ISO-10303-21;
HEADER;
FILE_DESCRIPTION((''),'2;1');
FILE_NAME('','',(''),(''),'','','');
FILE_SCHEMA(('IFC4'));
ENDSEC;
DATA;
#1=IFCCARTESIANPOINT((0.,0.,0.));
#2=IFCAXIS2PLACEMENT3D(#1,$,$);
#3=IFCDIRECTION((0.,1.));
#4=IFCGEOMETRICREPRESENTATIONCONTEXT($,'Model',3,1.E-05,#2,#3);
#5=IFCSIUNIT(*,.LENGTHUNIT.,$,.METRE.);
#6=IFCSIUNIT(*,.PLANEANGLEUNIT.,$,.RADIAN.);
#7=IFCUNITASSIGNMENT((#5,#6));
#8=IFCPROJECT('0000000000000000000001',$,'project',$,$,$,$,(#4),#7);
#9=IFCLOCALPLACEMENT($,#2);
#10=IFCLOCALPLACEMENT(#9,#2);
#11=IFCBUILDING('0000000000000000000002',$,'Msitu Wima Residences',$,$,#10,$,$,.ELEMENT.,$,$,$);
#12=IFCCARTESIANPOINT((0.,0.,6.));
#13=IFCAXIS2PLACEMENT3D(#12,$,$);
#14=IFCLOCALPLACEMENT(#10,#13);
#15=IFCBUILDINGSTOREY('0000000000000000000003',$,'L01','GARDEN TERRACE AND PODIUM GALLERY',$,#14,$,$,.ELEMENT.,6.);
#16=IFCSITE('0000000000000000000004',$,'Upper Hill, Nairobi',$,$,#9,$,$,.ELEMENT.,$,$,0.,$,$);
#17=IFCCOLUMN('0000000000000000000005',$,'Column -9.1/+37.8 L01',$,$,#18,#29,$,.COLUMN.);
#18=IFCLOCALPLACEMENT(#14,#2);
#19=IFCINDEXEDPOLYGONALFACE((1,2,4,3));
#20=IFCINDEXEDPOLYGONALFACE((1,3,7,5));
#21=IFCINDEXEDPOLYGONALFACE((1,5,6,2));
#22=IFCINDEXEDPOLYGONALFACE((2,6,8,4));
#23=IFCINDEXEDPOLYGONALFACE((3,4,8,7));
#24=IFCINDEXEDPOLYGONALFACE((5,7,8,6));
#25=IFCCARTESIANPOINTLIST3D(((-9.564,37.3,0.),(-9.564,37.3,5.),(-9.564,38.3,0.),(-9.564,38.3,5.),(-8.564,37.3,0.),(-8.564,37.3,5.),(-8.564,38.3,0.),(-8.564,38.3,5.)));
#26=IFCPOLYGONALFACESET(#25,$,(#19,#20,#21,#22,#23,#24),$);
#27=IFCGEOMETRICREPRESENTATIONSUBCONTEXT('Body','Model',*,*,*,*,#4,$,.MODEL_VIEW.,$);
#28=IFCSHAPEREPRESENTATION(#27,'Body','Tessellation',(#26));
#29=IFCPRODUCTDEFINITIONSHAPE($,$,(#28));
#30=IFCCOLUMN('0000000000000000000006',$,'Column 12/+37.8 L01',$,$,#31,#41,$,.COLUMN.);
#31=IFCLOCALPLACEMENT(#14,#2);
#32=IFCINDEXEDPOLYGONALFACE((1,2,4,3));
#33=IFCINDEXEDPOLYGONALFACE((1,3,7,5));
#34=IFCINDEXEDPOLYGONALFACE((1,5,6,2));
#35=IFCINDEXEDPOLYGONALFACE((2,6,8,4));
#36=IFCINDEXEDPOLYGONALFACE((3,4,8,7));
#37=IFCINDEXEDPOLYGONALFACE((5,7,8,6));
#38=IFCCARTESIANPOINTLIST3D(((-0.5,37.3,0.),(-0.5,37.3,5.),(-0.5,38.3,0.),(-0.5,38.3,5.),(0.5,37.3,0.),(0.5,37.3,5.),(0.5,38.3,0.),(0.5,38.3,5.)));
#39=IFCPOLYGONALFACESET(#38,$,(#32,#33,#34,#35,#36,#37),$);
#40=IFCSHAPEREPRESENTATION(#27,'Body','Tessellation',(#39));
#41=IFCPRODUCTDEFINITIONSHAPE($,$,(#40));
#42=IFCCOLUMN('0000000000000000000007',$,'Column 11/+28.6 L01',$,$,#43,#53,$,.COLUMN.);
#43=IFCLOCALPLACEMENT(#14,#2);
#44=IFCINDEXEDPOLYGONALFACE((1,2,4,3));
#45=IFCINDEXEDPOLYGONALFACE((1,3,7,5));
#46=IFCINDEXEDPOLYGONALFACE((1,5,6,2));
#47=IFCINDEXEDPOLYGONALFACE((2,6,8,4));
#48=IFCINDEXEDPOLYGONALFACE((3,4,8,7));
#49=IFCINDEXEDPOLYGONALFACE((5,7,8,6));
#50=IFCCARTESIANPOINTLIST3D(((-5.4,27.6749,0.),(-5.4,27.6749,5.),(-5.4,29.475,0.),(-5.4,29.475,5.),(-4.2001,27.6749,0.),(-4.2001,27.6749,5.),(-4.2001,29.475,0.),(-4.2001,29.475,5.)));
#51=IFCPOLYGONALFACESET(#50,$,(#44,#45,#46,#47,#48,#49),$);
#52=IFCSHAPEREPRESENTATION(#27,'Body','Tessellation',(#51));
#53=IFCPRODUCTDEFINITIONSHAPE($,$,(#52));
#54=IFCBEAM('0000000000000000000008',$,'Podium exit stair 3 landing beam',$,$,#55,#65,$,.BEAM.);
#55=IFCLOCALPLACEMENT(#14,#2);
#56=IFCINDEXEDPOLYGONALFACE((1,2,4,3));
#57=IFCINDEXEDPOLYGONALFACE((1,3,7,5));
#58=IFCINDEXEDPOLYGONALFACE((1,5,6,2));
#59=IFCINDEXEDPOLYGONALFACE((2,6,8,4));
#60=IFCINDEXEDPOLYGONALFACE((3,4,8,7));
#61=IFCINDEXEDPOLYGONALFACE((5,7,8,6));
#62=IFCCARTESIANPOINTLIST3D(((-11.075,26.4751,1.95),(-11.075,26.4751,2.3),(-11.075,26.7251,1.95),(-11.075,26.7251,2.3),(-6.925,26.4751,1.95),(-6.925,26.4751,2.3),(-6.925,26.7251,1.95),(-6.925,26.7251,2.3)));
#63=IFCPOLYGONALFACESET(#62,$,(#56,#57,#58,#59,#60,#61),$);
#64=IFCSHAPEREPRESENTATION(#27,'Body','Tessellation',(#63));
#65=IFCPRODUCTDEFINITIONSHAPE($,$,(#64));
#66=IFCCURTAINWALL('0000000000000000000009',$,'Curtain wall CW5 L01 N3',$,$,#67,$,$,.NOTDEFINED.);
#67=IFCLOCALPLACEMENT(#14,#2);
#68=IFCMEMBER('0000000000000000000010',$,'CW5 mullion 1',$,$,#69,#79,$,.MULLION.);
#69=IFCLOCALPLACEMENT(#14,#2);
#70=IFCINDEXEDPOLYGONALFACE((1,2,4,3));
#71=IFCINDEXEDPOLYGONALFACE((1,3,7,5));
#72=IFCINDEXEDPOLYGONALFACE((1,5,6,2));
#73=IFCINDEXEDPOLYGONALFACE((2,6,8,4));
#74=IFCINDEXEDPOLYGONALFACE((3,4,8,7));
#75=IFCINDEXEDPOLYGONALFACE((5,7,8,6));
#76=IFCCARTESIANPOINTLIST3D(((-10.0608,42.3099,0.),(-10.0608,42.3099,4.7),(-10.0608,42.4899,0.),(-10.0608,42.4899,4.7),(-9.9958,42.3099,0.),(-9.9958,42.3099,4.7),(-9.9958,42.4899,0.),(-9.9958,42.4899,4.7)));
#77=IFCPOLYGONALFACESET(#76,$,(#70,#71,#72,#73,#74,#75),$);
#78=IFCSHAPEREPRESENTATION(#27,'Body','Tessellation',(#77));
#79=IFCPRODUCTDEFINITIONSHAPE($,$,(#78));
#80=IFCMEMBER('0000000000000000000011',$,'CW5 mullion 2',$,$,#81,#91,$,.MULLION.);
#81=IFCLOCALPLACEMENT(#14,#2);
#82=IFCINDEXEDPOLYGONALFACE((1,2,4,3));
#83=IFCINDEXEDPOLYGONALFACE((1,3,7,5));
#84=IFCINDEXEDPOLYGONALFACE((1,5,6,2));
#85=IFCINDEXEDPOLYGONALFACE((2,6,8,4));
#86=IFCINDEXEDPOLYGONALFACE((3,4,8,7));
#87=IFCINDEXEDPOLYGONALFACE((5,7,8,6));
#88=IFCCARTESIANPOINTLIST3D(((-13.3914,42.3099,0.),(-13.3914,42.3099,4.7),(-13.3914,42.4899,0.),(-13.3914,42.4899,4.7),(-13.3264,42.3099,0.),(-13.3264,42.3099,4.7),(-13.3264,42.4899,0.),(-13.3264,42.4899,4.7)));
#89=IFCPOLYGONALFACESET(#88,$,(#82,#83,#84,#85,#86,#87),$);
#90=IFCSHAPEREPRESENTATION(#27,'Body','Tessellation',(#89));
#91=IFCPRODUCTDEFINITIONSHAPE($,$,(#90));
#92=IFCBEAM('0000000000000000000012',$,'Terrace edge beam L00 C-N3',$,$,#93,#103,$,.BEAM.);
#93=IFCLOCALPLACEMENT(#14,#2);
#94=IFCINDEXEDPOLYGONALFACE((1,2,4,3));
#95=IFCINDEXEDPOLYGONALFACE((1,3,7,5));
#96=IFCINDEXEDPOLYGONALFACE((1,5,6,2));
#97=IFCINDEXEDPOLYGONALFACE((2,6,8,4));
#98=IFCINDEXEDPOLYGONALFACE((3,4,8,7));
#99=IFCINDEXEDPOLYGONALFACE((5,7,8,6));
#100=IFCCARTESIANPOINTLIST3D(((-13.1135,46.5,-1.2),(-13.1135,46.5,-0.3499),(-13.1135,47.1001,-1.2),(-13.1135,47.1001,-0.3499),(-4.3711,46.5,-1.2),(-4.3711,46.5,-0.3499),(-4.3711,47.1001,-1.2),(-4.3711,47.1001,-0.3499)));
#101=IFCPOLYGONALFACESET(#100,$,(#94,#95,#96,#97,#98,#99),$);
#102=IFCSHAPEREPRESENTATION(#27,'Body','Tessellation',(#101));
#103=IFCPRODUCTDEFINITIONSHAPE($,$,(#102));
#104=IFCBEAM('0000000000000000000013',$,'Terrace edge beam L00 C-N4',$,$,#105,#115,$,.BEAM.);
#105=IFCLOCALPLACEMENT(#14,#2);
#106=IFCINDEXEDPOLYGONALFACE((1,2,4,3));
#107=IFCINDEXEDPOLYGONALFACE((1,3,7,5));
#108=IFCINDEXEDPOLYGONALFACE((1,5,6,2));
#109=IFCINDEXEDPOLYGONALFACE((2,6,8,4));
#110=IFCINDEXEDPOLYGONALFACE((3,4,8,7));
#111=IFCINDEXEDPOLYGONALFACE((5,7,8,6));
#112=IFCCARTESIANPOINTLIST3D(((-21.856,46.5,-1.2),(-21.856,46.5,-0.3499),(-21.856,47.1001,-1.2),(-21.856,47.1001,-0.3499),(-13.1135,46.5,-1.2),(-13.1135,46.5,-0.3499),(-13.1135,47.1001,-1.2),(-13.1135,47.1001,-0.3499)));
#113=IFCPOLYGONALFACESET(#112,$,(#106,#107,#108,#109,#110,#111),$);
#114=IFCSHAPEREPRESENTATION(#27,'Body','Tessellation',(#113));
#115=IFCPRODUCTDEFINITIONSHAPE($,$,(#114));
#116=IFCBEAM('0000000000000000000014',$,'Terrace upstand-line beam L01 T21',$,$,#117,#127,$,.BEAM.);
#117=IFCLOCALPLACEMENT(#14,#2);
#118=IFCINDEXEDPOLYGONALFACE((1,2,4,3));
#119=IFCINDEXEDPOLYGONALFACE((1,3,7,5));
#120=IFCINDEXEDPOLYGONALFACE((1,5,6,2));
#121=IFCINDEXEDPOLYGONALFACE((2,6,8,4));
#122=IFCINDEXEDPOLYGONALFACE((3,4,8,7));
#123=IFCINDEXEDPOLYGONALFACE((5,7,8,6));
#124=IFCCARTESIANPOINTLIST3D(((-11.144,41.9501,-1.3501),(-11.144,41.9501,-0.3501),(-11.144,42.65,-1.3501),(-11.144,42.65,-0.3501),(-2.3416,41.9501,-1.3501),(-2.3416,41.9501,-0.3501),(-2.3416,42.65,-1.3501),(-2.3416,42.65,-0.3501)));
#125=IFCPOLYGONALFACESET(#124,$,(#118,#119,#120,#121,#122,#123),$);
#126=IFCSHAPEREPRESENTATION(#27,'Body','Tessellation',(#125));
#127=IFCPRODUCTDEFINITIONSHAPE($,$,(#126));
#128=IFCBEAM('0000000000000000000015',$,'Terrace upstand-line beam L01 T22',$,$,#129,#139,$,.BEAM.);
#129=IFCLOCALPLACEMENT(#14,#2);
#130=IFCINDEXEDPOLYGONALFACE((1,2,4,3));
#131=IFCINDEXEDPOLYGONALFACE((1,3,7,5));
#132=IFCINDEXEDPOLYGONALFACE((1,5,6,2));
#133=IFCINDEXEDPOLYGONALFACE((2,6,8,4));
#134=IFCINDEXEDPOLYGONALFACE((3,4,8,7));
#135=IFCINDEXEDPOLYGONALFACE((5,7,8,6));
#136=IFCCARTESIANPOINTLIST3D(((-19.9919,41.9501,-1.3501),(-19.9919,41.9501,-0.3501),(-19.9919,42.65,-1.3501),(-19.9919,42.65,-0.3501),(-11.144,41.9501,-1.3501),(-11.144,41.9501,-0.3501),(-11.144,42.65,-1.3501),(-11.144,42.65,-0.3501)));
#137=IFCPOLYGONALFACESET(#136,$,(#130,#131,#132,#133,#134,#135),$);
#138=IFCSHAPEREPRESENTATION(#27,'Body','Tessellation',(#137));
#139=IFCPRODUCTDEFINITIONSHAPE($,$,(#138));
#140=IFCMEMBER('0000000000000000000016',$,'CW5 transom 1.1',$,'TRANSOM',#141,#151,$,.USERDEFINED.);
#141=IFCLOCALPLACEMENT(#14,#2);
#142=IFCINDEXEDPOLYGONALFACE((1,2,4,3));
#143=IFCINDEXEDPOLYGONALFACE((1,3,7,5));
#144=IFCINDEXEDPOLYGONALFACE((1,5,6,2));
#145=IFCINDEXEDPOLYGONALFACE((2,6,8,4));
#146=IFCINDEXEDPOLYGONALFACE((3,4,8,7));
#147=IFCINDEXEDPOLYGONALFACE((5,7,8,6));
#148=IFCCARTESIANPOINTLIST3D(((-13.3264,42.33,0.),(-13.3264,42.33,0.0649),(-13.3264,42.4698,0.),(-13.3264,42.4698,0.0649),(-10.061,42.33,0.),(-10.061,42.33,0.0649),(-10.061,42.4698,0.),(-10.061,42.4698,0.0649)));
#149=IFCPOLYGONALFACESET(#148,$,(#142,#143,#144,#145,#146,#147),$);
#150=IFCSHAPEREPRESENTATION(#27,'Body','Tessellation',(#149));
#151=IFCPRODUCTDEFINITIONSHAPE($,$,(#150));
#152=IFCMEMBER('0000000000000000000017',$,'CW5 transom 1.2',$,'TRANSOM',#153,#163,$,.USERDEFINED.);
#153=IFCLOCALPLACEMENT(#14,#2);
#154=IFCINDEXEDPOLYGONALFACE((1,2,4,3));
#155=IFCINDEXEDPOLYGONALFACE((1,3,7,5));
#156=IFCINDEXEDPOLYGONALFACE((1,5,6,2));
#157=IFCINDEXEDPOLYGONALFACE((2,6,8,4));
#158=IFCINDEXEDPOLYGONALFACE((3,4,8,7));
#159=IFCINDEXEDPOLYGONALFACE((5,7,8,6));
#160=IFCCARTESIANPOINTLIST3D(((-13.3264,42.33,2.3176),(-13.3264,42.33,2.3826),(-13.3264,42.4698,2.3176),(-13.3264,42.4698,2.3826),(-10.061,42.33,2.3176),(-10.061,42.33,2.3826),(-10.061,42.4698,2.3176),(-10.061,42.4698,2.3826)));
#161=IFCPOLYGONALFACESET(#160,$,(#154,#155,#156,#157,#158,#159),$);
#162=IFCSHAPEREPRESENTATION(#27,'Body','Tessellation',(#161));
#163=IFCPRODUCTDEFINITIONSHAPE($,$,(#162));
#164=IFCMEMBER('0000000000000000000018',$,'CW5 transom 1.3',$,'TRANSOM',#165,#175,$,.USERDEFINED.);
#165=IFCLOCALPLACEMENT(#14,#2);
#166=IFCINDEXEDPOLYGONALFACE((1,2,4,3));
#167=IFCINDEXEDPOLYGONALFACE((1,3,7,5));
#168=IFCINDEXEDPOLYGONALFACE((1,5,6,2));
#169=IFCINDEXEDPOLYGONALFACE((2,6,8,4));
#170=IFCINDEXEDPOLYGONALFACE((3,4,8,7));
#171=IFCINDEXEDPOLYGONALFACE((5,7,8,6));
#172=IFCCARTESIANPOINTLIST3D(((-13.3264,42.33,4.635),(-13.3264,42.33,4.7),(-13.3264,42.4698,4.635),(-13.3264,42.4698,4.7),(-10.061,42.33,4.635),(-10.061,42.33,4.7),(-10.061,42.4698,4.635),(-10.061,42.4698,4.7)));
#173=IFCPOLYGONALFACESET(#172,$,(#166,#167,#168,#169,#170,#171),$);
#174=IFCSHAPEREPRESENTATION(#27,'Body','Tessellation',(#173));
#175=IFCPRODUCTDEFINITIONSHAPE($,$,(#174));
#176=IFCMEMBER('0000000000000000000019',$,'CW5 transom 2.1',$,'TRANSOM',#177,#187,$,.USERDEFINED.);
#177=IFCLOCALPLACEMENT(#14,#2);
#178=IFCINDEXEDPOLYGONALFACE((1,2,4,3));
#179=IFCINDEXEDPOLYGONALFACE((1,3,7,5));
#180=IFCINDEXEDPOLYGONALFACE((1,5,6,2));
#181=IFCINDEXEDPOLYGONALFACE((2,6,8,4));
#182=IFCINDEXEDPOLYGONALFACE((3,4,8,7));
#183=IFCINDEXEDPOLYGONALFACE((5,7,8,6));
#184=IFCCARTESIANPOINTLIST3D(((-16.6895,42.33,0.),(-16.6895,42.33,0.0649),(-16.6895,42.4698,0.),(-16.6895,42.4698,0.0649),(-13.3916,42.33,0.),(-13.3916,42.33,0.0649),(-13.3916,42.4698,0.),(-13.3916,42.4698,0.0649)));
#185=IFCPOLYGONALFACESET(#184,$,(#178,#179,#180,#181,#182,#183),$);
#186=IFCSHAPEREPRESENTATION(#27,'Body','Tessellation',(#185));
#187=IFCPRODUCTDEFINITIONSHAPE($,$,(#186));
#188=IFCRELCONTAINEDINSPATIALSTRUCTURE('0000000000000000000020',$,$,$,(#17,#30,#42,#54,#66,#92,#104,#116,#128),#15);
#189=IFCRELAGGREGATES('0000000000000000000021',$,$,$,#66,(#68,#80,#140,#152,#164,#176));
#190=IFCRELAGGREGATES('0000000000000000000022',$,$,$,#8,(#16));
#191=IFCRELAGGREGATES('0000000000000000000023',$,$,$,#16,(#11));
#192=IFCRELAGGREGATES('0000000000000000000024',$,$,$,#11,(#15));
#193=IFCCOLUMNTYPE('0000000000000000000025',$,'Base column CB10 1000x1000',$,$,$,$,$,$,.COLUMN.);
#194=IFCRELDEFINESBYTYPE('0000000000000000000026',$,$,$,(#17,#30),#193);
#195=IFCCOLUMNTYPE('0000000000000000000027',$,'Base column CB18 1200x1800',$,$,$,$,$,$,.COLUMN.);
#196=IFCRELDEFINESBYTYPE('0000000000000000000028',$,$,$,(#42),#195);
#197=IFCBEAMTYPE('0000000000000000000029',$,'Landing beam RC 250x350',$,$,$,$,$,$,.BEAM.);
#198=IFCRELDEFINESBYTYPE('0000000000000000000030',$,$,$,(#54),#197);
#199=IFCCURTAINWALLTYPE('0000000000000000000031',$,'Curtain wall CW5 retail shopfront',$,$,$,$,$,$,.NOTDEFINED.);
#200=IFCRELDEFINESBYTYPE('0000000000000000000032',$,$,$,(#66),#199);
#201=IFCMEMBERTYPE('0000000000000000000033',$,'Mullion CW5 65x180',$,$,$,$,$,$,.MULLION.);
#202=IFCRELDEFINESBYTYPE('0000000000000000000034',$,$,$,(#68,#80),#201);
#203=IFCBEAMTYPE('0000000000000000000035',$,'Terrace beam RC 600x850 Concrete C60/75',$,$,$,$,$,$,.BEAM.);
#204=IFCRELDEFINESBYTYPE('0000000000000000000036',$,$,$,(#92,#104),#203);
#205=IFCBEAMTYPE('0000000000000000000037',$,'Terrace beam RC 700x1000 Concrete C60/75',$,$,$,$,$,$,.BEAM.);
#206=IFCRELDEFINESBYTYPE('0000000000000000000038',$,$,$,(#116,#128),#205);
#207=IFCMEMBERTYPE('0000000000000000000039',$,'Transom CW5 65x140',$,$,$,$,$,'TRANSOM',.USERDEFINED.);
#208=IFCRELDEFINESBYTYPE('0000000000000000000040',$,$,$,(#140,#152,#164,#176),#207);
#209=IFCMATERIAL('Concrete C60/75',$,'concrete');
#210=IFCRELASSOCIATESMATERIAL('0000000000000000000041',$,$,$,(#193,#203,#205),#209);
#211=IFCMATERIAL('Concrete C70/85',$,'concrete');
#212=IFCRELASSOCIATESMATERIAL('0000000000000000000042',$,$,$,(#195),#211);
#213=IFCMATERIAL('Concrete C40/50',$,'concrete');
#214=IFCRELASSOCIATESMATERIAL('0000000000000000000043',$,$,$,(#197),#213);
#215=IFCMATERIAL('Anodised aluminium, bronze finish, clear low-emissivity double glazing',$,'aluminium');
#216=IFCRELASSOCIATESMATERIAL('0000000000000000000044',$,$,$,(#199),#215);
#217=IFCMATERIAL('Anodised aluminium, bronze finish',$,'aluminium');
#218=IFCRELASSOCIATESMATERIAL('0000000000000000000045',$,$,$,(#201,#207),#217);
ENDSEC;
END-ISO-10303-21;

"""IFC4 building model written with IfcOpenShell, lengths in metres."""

from ifc_helpers import new_model, si_unit, direction, frame, origin, origin_2d, place, context, subcontext, project, spatial, rectangle, extrude, material, material_profile, profile_set, type_object, element, aggregate, save


model = new_model("IFC4")

# Units and contexts
model_context = context("Model", 3, precision=1e-05, world=origin(), true_north=direction((0.0, 1.0)))
body_context = subcontext(model_context, "Body", "Model", "MODEL_VIEW")
ifc_project = project(units=[si_unit("LENGTHUNIT", "METRE"), si_unit("PLANEANGLEUNIT", "RADIAN")], contexts=[model_context])

# Site, building, storey
site_placement = place(None, origin())
site = spatial("IfcSite", under=ifc_project, at=site_placement, Name="Upper Hill, Nairobi", CompositionType="ELEMENT", RefElevation=0.0)
building_placement = place(site_placement, origin())
building = spatial("IfcBuilding", under=site, at=building_placement, Name="Msitu Wima Residences", CompositionType="ELEMENT")
storey_placement = place(building_placement, frame((0.0, 0.0, 6.0)))
storey = spatial("IfcBuildingStorey", under=building, at=storey_placement, Name="L01", Description="GARDEN TERRACE AND PODIUM GALLERY", CompositionType="ELEMENT", Elevation=6.0)

# Columns
ifc_material_1 = material(Name="Concrete C60/75", Category="concrete")
ifc_material_profile_1 = material_profile(ifc_material_1, rectangle(XDim=1.0, YDim=1.0, at=origin_2d()), Name="RC 1000x1000")
ifc_profile_set_1 = profile_set([ifc_material_profile_1], Name="Concrete C60/75")
column_type_1 = type_object("IfcColumnType", Name="Base column CB10 1000x1000", PredefinedType="COLUMN", material=ifc_profile_set_1)
for number, where, z_axis, x_axis, name in (
    (1, (-9.064, 37.8, 0.0), (0.0, 0.0, 1.0), (1.0, 0.0, 0.0), "Column -9.1/+37.8 L01"),
    (2, (0.0, 37.8, 0.0), (0.0, 0.0, 1.0), (1.0, 0.0, 0.0), "Column 12/+37.8 L01"),
):
    element("IfcColumn", number, at=place(storey_placement, frame(where, z_axis=z_axis, x_axis=x_axis)), inside=storey, type_object=column_type_1, Name=name, PredefinedType="COLUMN", context=body_context, shape_type="SweptSolid", body=[
        extrude(rectangle(XDim=1.0, YDim=1.0, at=origin_2d()), origin(), (0.0, 0.0, 1.0), 5.0),
    ])
ifc_material_2 = material(Name="Concrete C70/85", Category="concrete")
ifc_material_profile_2 = material_profile(ifc_material_2, rectangle(XDim=1.2, YDim=1.8, at=origin_2d()), Name="RC 1200x1800")
ifc_profile_set_2 = profile_set([ifc_material_profile_2], Name="Concrete C70/85")
column_type_2 = type_object("IfcColumnType", Name="Base column CB18 1200x1800", PredefinedType="COLUMN", material=ifc_profile_set_2)
column_placement = place(storey_placement, frame((-4.8, 28.575, 0.0), z_axis=(0.0, 0.0, 1.0), x_axis=(-1.0, 0.0, 0.0)))
element("IfcColumn", 3, at=column_placement, inside=storey, type_object=column_type_2, Name="Column 11/+28.6 L01", PredefinedType="COLUMN", context=body_context, shape_type="SweptSolid", body=[
    extrude(rectangle(XDim=1.2, YDim=1.8, at=origin_2d()), origin(), (0.0, 0.0, 1.0), 5.0),
])

# Beam
ifc_material_3 = material(Name="Concrete C40/50", Category="concrete")
ifc_material_profile_3 = material_profile(ifc_material_3, rectangle(XDim=0.25, YDim=0.3501, at=origin_2d()), Name="RC 250x350")
ifc_profile_set_3 = profile_set([ifc_material_profile_3], Name="Concrete C40/50")
beam_type_1 = type_object("IfcBeamType", Name="Landing beam RC 250x350", PredefinedType="BEAM", material=ifc_profile_set_3)
beam_1_placement = place(storey_placement, frame((-6.925, 26.6001, 2.125), z_axis=(-1.0, 0.0, 0.0), x_axis=(0.0, -1.0, 0.0)))
element("IfcBeam", 4, at=beam_1_placement, inside=storey, type_object=beam_type_1, Name="Podium exit stair 3 landing beam", PredefinedType="BEAM", context=body_context, shape_type="SweptSolid", body=[
    extrude(rectangle(XDim=0.25, YDim=0.3501, at=origin_2d()), origin(), (0.0, 0.0, 1.0), 4.1499),
])

# Curtain wall, members
ifc_material_4 = material(Name="Anodised aluminium, bronze finish, clear low-emissivity double glazing", Category="aluminium")
curtain_wall_type = type_object("IfcCurtainWallType", Name="Curtain wall CW5 retail shopfront", PredefinedType="NOTDEFINED", material=ifc_material_4)
curtain_wall_placement = place(storey_placement, origin())
curtain_wall = element("IfcCurtainWall", 5, at=curtain_wall_placement, inside=storey, type_object=curtain_wall_type, Name="Curtain wall CW5 L01 N3", PredefinedType="NOTDEFINED")
ifc_material_5 = material(Name="Anodised aluminium, bronze finish", Category="aluminium")
ifc_material_profile_4 = material_profile(ifc_material_5, rectangle(XDim=0.1799, YDim=0.0649, at=origin_2d()), Name="Mullion 65x180")
ifc_profile_set_4 = profile_set([ifc_material_profile_4], Name="Anodised aluminium, bronze finish")
member_type_1 = type_object("IfcMemberType", Name="Mullion CW5 65x180", PredefinedType="MULLION", material=ifc_profile_set_4)
member_1_placement = place(storey_placement, frame((-10.0283, 42.3999, 0.0), z_axis=(0.0, 0.0, 1.0), x_axis=(0.0, -1.0, 0.0)))
member_1 = element("IfcMember", 6, at=member_1_placement, type_object=member_type_1, Name="CW5 mullion 1", PredefinedType="MULLION", context=body_context, shape_type="SweptSolid", body=[
    extrude(rectangle(XDim=0.1799, YDim=0.0649, at=origin_2d()), origin(), (0.0, 0.0, 1.0), 4.7),
])
member_2_placement = place(storey_placement, frame((-13.3589, 42.3999, 0.0), z_axis=(0.0, 0.0, 1.0), x_axis=(0.0, -1.0, 0.0)))
member_2 = element("IfcMember", 7, at=member_2_placement, type_object=member_type_1, Name="CW5 mullion 2", PredefinedType="MULLION", context=body_context, shape_type="SweptSolid", body=[
    extrude(rectangle(XDim=0.1799, YDim=0.0649, at=origin_2d()), origin(), (0.0, 0.0, 1.0), 4.7),
])

# Beams
ifc_material_profile_5 = material_profile(ifc_material_1, rectangle(XDim=0.6001, YDim=0.8501, at=origin_2d()), Name="RC 600x850")
ifc_profile_set_5 = profile_set([ifc_material_profile_5], Name="Concrete C60/75")
beam_type_2 = type_object("IfcBeamType", Name="Terrace beam RC 600x850 Concrete C60/75", PredefinedType="BEAM", material=ifc_profile_set_5)
for number, where, z_axis, x_axis, name in (
    (8, (-4.3711, 46.8, -0.7749), (-1.0, 0.0, 0.0), (0.0, -1.0, 0.0), "Terrace edge beam L00 C-N3"),
    (9, (-13.1135, 46.8, -0.7749), (-1.0, 0.0, 0.0), (0.0, -1.0, 0.0), "Terrace edge beam L00 C-N4"),
):
    element("IfcBeam", number, at=place(storey_placement, frame(where, z_axis=z_axis, x_axis=x_axis)), inside=storey, type_object=beam_type_2, Name=name, PredefinedType="BEAM", context=body_context, shape_type="SweptSolid", body=[
        extrude(rectangle(XDim=0.6001, YDim=0.8501, at=origin_2d()), origin(), (0.0, 0.0, 1.0), 8.7424),
    ])
ifc_material_profile_6 = material_profile(ifc_material_1, rectangle(XDim=0.7, YDim=1.0, at=origin_2d()), Name="RC 700x1000")
ifc_profile_set_6 = profile_set([ifc_material_profile_6], Name="Concrete C60/75")
beam_type_3 = type_object("IfcBeamType", Name="Terrace beam RC 700x1000 Concrete C60/75", PredefinedType="BEAM", material=ifc_profile_set_6)
beam_2_placement = place(storey_placement, frame((-2.3416, 42.3, -0.8501), z_axis=(-1.0, 0.0, 0.0), x_axis=(0.0, -1.0, 0.0)))
element("IfcBeam", 10, at=beam_2_placement, inside=storey, type_object=beam_type_3, Name="Terrace upstand-line beam L01 T21", PredefinedType="BEAM", context=body_context, shape_type="SweptSolid", body=[
    extrude(rectangle(XDim=0.7, YDim=1.0, at=origin_2d()), origin(), (0.0, 0.0, 1.0), 8.8025),
])
beam_3_placement = place(storey_placement, frame((-11.144, 42.3, -0.8501), z_axis=(-1.0, 0.0, 0.0), x_axis=(0.0, -1.0, 0.0)))
element("IfcBeam", 11, at=beam_3_placement, inside=storey, type_object=beam_type_3, Name="Terrace upstand-line beam L01 T22", PredefinedType="BEAM", context=body_context, shape_type="SweptSolid", body=[
    extrude(rectangle(XDim=0.7, YDim=1.0, at=origin_2d()), origin(), (0.0, 0.0, 1.0), 8.8479),
])

# Members
ifc_material_profile_7 = material_profile(ifc_material_5, rectangle(XDim=0.1399, YDim=0.0649, at=origin_2d()), Name="Transom 65x140")
ifc_profile_set_7 = profile_set([ifc_material_profile_7], Name="Anodised aluminium, bronze finish")
member_type_2 = type_object("IfcMemberType", Name="Transom CW5 65x140", ElementType="TRANSOM", PredefinedType="USERDEFINED", material=ifc_profile_set_7)
member_3_placement = place(storey_placement, frame((-10.061, 42.3999, 0.0325), z_axis=(-1.0, 0.0, 0.0), x_axis=(0.0, -1.0, 0.0)))
member_3 = element("IfcMember", 12, at=member_3_placement, type_object=member_type_2, Name="CW5 transom 1.1", ObjectType="TRANSOM", PredefinedType="USERDEFINED", context=body_context, shape_type="SweptSolid", body=[
    extrude(rectangle(XDim=0.1399, YDim=0.0649, at=origin_2d()), origin(), (0.0, 0.0, 1.0), 3.2654),
])
member_4_placement = place(storey_placement, frame((-10.061, 42.3999, 2.3501), z_axis=(-1.0, 0.0, 0.0), x_axis=(0.0, -1.0, 0.0)))
member_4 = element("IfcMember", 13, at=member_4_placement, type_object=member_type_2, Name="CW5 transom 1.2", ObjectType="TRANSOM", PredefinedType="USERDEFINED", context=body_context, shape_type="SweptSolid", body=[
    extrude(rectangle(XDim=0.1399, YDim=0.0649, at=origin_2d()), origin(), (0.0, 0.0, 1.0), 3.2654),
])
member_5_placement = place(storey_placement, frame((-10.061, 42.3999, 4.6675), z_axis=(-1.0, 0.0, 0.0), x_axis=(0.0, -1.0, 0.0)))
member_5 = element("IfcMember", 14, at=member_5_placement, type_object=member_type_2, Name="CW5 transom 1.3", ObjectType="TRANSOM", PredefinedType="USERDEFINED", context=body_context, shape_type="SweptSolid", body=[
    extrude(rectangle(XDim=0.1399, YDim=0.0649, at=origin_2d()), origin(), (0.0, 0.0, 1.0), 3.2654),
])
member_6_placement = place(storey_placement, frame((-13.3916, 42.3999, 0.0325), z_axis=(-1.0, 0.0, 0.0), x_axis=(0.0, -1.0, 0.0)))
member_6 = element("IfcMember", 15, at=member_6_placement, type_object=member_type_2, Name="CW5 transom 2.1", ObjectType="TRANSOM", PredefinedType="USERDEFINED", context=body_context, shape_type="SweptSolid", body=[
    extrude(rectangle(XDim=0.1399, YDim=0.0649, at=origin_2d()), origin(), (0.0, 0.0, 1.0), 3.2979),
])

aggregate(curtain_wall, [member_1, member_2, member_3, member_4, member_5, member_6])

save(model, "model.ifc")
